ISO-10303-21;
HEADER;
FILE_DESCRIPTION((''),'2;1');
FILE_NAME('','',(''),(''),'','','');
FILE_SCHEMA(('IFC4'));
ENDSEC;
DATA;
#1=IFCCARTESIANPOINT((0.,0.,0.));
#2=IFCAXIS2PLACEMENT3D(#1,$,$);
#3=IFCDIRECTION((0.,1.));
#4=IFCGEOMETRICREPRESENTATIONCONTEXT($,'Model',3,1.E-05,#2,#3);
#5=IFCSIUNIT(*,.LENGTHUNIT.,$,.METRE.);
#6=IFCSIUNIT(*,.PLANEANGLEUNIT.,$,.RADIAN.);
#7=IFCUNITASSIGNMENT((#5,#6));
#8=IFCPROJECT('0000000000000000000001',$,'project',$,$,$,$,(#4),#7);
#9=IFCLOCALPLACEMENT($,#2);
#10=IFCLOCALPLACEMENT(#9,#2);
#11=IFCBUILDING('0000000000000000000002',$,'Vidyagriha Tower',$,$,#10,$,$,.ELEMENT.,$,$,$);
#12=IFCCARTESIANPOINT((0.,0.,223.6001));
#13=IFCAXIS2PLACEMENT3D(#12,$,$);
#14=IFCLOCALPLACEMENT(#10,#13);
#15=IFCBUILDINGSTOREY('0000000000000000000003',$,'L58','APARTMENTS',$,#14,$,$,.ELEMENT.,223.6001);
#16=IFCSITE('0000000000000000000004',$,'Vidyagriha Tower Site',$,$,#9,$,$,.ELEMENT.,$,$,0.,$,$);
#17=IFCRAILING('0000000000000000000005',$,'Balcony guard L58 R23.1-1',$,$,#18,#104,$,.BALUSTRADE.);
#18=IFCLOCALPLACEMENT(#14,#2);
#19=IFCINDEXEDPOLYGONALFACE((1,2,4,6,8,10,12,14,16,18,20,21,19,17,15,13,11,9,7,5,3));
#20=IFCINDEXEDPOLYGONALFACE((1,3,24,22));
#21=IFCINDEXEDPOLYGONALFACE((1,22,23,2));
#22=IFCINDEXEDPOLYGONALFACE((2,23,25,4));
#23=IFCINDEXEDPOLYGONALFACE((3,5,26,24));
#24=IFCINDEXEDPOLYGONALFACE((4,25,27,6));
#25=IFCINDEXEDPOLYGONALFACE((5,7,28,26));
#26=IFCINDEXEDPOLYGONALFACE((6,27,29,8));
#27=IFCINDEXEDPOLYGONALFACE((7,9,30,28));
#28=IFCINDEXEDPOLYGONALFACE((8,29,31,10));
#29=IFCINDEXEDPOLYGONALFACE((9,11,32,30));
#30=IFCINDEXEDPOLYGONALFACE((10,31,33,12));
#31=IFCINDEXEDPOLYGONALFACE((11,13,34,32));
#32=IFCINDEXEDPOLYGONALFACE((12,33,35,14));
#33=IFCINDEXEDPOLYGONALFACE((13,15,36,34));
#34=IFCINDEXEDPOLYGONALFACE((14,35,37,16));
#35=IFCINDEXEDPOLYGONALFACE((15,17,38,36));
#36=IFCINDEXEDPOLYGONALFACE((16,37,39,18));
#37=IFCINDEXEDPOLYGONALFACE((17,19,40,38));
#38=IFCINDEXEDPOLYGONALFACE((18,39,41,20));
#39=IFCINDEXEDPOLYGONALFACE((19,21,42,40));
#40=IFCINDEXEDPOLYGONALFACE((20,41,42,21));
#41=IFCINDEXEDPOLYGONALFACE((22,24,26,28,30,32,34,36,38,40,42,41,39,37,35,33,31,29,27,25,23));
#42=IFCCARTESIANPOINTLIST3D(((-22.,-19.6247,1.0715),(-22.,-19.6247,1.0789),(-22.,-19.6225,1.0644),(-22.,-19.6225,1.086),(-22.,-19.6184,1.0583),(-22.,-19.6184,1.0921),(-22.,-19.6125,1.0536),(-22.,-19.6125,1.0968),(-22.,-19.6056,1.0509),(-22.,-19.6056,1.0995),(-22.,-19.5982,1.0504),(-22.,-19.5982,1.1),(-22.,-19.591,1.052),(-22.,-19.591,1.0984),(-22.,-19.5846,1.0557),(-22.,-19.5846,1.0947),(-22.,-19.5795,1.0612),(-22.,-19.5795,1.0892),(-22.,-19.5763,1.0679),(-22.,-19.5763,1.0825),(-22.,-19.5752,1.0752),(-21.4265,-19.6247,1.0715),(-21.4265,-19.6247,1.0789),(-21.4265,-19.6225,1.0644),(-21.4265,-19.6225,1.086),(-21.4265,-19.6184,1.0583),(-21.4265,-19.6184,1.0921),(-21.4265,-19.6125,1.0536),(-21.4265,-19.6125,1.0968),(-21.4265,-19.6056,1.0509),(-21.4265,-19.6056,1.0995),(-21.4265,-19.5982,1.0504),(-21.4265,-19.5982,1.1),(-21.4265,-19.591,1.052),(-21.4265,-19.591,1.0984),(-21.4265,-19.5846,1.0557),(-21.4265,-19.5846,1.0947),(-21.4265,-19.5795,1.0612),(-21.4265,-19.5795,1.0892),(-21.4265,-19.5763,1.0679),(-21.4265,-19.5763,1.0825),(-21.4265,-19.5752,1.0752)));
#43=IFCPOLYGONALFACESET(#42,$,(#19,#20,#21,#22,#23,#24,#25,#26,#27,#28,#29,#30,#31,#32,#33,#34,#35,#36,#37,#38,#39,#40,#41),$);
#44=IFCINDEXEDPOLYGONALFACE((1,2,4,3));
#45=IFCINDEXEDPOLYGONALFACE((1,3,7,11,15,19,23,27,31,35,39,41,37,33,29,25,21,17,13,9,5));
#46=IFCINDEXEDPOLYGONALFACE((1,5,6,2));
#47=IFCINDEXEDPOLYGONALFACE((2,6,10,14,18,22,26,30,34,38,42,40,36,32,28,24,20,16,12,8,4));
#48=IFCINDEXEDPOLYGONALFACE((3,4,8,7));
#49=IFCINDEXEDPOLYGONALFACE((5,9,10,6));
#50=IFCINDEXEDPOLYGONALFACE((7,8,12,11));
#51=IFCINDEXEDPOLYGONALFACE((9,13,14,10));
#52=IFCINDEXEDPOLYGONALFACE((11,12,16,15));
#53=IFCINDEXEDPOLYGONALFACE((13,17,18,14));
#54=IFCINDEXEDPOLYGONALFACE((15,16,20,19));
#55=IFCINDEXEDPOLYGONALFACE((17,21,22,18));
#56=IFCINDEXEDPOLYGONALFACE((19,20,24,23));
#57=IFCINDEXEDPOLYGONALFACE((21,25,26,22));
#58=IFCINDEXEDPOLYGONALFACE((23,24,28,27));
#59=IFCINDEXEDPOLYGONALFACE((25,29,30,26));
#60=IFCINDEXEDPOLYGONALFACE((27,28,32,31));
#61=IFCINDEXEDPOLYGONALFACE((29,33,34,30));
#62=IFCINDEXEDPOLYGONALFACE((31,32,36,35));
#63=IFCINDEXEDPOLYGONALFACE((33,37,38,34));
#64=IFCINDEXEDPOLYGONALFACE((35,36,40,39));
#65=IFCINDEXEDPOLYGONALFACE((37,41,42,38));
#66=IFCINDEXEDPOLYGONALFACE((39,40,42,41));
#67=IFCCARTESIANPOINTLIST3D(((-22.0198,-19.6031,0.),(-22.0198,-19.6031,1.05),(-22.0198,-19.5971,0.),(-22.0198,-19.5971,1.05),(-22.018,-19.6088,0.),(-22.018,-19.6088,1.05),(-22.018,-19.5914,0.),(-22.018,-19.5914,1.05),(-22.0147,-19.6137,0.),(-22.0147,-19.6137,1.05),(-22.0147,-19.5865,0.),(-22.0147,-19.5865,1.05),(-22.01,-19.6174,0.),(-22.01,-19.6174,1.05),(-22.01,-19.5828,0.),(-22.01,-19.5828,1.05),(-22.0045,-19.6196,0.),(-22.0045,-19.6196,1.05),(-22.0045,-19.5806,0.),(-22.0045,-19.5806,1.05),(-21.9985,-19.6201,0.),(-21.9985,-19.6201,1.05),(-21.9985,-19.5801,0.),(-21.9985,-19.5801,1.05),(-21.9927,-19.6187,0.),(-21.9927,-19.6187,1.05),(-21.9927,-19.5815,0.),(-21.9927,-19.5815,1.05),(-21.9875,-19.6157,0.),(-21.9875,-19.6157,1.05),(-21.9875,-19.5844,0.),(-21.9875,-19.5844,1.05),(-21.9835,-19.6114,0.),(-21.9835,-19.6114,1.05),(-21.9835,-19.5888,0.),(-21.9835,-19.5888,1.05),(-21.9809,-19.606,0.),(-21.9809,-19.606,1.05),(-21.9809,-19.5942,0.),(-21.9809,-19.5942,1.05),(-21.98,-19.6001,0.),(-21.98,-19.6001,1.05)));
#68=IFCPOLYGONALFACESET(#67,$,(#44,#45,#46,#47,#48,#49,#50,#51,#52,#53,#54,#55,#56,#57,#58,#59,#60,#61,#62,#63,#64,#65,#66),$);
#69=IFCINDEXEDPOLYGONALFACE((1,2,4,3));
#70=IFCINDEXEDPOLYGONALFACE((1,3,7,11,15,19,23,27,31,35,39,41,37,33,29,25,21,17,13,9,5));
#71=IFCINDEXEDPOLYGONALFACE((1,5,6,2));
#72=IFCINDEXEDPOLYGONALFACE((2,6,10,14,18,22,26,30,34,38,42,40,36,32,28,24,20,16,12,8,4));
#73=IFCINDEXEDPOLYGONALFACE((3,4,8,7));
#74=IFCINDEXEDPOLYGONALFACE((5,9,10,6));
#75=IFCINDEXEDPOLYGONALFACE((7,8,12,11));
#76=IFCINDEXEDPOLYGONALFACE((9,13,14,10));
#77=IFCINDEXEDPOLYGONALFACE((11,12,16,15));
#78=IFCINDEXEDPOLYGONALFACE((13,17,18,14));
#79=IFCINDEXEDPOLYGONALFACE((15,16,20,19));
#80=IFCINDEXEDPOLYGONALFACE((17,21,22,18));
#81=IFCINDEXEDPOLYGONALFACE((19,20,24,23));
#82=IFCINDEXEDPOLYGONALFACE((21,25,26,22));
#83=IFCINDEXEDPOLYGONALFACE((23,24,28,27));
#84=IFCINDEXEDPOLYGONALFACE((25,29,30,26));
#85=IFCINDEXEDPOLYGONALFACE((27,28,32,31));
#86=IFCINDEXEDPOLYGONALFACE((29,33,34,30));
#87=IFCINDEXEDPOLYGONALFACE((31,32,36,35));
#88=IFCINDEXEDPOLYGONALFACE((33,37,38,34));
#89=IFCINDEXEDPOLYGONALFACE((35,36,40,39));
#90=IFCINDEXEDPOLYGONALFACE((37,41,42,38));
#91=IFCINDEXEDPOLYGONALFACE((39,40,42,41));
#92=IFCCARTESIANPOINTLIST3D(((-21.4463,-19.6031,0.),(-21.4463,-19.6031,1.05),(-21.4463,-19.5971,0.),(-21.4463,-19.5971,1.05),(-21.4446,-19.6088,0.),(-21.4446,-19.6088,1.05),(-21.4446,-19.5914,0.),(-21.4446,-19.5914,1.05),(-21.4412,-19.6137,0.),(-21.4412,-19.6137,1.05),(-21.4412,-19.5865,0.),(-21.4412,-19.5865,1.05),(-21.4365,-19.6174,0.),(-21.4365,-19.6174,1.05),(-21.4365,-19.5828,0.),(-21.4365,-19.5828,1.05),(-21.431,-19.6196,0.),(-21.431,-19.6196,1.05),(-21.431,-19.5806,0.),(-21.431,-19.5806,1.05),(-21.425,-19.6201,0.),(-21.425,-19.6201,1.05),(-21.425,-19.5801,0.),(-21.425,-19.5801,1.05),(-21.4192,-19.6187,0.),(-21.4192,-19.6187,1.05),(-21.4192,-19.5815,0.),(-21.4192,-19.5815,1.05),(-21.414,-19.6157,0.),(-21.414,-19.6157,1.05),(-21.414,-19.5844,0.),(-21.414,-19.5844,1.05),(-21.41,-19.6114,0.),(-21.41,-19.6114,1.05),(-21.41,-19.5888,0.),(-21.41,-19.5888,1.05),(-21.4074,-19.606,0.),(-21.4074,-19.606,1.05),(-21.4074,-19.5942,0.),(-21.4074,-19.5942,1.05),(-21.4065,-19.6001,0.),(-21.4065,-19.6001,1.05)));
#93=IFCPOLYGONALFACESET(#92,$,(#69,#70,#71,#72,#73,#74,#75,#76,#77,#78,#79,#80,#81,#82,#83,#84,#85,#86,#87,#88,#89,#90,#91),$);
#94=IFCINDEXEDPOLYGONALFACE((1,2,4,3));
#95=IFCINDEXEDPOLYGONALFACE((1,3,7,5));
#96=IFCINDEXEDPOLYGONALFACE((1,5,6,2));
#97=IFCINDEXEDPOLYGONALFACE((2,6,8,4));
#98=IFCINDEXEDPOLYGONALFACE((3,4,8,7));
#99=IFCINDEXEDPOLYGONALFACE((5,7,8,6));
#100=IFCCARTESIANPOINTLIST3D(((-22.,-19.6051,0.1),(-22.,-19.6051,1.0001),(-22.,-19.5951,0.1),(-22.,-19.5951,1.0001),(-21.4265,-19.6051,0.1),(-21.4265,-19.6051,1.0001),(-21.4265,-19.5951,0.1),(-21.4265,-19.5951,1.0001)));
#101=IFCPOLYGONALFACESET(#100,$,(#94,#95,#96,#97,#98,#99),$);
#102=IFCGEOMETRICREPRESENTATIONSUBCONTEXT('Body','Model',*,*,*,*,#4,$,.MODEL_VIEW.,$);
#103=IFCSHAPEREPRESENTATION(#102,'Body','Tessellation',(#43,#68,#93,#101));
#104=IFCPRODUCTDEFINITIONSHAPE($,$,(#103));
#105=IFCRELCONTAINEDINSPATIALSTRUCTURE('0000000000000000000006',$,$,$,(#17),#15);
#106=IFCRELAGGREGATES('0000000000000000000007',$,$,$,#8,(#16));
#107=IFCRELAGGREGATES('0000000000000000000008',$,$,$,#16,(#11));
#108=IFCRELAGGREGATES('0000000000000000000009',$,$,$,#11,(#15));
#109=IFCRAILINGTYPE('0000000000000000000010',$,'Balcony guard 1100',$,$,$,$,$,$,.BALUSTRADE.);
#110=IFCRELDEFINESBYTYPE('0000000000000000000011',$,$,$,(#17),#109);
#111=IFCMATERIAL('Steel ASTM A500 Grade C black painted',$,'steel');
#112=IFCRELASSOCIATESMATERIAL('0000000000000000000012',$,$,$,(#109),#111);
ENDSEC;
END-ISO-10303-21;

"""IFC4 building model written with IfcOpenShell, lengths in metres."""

from ifc_helpers import new_model, si_unit, direction, frame, origin, origin_2d, place, context, subcontext, project, spatial, rectangle, circle, extrude, material, type_object, element, save


model = new_model("IFC4")

# Units and contexts
model_context = context("Model", 3, precision=1e-05, world=origin(), true_north=direction((0.0, 1.0)))
body_context = subcontext(model_context, "Body", "Model", "MODEL_VIEW")
ifc_project = project(units=[si_unit("LENGTHUNIT", "METRE"), si_unit("PLANEANGLEUNIT", "RADIAN")], contexts=[model_context])

# Site, building, storey
site_placement = place(None, origin())
site = spatial("IfcSite", under=ifc_project, at=site_placement, Name="Vidyagriha Tower Site", CompositionType="ELEMENT", RefElevation=0.0)
building_placement = place(site_placement, origin())
building = spatial("IfcBuilding", under=site, at=building_placement, Name="Vidyagriha Tower", CompositionType="ELEMENT")
storey_placement = place(building_placement, frame((0.0, 0.0, 223.6001)))
storey = spatial("IfcBuildingStorey", under=building, at=storey_placement, Name="L58", Description="APARTMENTS", CompositionType="ELEMENT", Elevation=223.6001)

# Railing
ifc_material_1 = material(Name="Steel ASTM A500 Grade C black painted", Category="steel")
railing_type_1 = type_object("IfcRailingType", Name="Balcony guard 1100", PredefinedType="BALUSTRADE", material=ifc_material_1)
railing_1_placement = place(storey_placement, frame((-22.0, -19.6001, 0.0)))
element("IfcRailing", 1, at=railing_1_placement, inside=storey, type_object=railing_type_1, Name="Balcony guard L58 R23.1-1", PredefinedType="BALUSTRADE", context=body_context, shape_type="SweptSolid", body=[
    extrude(circle(Radius=0.0249, at=origin_2d()), frame((0.0, 0.0, 1.0752), z_axis=(1.0, 0.0, 0.0), x_axis=(0.0, 1.0, 0.0)), (0.0, 0.0, 1.0), 0.5735),
    extrude(circle(Radius=0.02, at=origin_2d()), origin(), (0.0, 0.0, 1.0), 1.05),
    extrude(circle(Radius=0.02, at=origin_2d()), frame((0.5735, 0.0, 0.0)), (0.0, 0.0, 1.0), 1.05),
    extrude(rectangle(XDim=0.01, YDim=0.9001, at=origin_2d()), frame((0.0, 0.0, 0.55), z_axis=(1.0, 0.0, 0.0), x_axis=(0.0, 1.0, 0.0)), (0.0, 0.0, 1.0), 0.5735),
])

save(model, "model.ifc")
